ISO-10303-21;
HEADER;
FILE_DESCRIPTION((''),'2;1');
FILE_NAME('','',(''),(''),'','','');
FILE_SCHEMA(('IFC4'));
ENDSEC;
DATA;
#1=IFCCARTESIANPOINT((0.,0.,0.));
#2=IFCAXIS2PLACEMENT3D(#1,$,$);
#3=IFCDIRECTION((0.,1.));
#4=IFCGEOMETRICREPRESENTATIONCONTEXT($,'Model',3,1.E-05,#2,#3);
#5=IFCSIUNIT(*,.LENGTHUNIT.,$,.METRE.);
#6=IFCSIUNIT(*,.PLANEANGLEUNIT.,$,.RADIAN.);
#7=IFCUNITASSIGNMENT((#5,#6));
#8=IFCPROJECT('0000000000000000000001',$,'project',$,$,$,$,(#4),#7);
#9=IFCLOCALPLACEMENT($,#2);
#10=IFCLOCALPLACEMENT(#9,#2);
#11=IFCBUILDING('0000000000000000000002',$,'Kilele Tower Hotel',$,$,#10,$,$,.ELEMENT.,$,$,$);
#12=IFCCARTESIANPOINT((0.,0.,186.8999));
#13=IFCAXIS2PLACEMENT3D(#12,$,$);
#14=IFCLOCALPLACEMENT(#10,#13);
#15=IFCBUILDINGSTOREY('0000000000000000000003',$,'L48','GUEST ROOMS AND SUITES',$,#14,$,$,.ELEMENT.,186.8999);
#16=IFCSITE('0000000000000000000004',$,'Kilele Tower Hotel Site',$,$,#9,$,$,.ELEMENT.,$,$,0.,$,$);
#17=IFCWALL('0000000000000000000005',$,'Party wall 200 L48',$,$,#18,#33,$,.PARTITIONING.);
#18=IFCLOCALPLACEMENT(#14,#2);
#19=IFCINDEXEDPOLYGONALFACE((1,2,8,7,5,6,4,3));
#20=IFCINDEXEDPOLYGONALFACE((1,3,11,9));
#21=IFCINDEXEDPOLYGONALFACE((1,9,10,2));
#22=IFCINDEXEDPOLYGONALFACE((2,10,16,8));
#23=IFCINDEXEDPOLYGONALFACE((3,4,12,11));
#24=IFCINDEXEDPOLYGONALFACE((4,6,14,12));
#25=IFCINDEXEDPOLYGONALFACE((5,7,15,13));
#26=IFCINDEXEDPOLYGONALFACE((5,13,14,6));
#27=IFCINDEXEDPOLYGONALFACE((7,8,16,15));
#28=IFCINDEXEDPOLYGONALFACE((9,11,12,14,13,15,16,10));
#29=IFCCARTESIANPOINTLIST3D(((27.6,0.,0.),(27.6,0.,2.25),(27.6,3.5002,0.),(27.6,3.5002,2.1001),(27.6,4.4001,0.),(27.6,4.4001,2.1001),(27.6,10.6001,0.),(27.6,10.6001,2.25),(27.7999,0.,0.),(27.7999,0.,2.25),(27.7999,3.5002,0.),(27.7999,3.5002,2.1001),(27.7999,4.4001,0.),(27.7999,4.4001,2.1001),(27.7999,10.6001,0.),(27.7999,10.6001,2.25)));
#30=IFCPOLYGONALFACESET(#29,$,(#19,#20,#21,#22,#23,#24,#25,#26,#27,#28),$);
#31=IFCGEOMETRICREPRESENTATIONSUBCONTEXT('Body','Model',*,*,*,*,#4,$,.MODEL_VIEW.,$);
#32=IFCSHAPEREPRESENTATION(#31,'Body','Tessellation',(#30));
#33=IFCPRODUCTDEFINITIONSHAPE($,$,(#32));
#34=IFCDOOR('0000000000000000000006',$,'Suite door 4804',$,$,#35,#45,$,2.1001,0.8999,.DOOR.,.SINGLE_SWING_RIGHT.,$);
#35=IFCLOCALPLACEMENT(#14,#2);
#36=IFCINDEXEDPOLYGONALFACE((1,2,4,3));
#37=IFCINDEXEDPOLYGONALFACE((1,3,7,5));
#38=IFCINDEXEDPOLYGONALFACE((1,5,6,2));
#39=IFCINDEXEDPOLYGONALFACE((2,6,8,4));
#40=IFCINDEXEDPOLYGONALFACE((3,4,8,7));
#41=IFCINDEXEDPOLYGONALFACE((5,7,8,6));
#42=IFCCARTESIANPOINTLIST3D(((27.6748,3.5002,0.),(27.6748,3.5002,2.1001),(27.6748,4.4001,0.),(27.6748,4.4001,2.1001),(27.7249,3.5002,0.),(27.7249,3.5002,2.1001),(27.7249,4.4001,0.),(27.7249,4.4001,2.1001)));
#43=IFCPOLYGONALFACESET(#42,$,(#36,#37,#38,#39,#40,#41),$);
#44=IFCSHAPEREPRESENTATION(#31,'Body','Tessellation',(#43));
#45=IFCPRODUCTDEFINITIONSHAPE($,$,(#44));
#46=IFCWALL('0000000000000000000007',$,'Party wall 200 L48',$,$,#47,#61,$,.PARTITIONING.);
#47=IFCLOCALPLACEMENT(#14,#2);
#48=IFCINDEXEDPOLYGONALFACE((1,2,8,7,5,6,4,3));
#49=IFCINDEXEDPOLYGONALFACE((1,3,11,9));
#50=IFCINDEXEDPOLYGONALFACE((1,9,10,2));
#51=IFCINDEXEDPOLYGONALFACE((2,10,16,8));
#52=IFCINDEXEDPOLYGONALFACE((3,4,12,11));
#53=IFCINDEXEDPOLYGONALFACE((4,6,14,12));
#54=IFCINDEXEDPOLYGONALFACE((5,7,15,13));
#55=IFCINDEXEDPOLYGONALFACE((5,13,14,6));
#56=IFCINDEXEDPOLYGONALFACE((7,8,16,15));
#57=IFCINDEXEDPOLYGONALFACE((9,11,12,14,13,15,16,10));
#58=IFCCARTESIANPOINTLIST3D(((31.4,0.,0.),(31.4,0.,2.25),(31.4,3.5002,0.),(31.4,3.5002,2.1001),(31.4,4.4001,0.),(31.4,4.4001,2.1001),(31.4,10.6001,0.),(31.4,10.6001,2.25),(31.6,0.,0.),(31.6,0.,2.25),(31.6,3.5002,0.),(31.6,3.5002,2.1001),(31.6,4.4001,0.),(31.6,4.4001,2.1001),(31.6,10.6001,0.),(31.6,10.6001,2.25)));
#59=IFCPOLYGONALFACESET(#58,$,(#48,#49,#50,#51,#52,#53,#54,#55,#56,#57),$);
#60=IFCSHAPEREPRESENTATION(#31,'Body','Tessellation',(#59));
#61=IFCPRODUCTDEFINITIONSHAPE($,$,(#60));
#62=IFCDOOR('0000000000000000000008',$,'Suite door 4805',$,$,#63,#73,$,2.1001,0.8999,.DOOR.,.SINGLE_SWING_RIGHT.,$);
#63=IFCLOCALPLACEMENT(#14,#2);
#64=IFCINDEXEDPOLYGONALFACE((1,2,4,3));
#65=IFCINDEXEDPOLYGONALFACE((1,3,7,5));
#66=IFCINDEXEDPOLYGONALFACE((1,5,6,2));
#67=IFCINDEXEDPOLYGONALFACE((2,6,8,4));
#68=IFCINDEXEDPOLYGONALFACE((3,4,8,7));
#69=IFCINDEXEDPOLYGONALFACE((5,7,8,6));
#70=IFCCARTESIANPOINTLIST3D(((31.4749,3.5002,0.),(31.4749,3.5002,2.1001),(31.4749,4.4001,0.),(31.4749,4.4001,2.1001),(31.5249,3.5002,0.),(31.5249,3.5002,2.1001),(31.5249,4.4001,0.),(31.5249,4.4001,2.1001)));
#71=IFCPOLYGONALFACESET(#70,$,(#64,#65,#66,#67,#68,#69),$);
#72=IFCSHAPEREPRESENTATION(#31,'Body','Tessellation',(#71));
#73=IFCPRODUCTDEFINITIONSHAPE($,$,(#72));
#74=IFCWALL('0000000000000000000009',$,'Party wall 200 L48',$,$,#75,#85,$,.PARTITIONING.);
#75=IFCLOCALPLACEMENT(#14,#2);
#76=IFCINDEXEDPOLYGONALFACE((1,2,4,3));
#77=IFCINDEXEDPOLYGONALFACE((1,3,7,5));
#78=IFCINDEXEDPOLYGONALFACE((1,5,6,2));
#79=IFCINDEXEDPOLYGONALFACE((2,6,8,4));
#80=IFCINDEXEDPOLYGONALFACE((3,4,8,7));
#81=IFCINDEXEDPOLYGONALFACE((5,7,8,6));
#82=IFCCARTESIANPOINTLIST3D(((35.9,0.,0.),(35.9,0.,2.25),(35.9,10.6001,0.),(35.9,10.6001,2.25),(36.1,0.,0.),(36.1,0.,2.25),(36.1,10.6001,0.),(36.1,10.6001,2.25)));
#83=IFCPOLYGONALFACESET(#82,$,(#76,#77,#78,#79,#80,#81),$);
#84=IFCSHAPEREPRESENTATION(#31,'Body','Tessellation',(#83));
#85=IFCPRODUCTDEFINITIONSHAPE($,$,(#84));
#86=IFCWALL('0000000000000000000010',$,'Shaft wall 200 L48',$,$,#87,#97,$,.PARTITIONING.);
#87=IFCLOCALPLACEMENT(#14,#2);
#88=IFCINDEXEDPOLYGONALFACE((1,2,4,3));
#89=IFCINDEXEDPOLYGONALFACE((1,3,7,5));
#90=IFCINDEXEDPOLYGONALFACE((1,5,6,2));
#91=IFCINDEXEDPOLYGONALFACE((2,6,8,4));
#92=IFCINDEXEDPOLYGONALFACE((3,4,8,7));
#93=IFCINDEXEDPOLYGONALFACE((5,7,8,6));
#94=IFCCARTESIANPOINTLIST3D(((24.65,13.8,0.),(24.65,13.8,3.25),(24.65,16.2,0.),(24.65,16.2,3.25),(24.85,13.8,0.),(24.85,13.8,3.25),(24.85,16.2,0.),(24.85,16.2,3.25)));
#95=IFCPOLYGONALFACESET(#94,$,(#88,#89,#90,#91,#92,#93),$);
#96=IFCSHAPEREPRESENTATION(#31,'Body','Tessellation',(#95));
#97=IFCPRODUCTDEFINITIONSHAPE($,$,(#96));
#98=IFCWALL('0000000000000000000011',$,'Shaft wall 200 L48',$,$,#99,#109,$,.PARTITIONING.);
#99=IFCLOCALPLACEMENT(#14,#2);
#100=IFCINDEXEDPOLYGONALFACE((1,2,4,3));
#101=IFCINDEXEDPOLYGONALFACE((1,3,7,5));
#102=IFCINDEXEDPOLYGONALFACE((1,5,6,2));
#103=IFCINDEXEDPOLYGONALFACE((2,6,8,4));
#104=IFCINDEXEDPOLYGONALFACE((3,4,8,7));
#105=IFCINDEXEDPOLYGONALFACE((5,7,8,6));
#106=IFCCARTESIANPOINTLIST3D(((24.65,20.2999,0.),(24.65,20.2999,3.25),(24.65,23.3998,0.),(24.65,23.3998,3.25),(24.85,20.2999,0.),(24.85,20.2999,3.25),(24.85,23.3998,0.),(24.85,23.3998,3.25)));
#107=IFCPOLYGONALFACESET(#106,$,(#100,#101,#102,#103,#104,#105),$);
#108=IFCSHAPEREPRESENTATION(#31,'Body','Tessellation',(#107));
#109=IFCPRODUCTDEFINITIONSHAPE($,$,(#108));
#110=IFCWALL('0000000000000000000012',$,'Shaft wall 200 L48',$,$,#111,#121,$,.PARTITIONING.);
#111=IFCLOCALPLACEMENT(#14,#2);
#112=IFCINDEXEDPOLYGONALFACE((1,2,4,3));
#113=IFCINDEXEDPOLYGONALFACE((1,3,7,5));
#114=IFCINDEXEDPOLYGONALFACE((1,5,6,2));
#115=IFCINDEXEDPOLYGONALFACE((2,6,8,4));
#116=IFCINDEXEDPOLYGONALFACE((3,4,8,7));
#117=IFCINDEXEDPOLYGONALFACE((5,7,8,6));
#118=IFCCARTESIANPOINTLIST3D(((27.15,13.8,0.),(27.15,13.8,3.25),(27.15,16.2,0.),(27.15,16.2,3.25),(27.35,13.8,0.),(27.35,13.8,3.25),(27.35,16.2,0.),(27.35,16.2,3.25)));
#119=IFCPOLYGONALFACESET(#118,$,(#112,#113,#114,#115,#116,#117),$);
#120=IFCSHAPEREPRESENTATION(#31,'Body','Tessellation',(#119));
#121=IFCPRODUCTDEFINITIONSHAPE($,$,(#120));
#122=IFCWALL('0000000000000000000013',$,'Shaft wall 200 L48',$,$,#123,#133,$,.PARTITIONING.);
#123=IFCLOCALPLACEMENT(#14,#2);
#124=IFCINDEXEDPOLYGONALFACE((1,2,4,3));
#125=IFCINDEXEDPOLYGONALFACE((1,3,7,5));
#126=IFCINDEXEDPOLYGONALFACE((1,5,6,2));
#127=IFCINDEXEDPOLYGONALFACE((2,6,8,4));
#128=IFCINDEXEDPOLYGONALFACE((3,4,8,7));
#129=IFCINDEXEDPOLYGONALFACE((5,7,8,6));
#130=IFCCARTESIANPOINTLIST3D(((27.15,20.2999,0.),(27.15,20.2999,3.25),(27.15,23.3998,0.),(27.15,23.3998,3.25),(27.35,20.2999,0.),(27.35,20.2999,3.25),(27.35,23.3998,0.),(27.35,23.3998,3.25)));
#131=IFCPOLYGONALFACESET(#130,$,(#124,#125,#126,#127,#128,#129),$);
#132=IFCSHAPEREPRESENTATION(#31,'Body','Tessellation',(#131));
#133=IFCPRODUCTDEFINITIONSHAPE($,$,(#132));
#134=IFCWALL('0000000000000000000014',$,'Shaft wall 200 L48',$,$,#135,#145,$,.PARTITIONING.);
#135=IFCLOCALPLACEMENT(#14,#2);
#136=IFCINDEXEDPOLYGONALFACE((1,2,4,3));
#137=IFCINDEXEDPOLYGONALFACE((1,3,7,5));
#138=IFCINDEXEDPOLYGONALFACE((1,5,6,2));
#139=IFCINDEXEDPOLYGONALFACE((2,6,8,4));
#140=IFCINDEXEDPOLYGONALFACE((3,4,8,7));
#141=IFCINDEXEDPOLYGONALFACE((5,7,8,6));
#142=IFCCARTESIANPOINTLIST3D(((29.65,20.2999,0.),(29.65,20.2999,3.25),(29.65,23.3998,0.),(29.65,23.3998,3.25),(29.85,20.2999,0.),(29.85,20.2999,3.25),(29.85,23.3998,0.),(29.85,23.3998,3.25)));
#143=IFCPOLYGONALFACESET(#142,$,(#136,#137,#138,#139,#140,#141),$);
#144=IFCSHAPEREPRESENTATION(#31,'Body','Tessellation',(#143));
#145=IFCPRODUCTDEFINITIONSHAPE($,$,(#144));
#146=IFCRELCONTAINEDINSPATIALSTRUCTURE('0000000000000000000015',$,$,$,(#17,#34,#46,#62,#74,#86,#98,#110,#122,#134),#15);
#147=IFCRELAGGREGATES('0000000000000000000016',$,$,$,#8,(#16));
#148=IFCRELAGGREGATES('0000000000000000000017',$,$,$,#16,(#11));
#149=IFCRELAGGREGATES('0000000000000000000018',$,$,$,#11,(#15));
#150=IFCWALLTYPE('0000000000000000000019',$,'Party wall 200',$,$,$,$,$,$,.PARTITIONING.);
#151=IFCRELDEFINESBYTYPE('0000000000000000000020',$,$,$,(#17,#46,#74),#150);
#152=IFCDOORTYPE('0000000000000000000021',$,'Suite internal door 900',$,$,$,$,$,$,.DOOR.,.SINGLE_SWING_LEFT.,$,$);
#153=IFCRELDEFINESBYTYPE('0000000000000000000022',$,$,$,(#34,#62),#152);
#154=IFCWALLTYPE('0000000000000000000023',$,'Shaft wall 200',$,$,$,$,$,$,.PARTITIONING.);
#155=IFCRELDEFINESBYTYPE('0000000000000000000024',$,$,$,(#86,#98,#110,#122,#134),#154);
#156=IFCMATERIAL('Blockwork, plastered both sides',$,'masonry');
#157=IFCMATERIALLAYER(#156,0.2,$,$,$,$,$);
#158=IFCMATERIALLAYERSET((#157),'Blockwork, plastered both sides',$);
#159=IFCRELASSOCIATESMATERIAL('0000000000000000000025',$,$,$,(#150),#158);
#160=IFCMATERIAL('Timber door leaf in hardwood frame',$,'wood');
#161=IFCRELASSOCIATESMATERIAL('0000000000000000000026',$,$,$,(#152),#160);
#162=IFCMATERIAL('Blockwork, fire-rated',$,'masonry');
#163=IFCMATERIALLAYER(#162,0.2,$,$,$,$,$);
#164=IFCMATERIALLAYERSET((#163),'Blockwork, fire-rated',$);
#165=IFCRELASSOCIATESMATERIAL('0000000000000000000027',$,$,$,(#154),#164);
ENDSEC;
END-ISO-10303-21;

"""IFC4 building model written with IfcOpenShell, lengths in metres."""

from ifc_helpers import new_model, si_unit, direction, frame, frame_2d, origin, place, context, subcontext, project, spatial, rectangle, extrude, material, layer, layer_set, type_object, element, fill, save


model = new_model("IFC4")

# Units and contexts
model_context = context("Model", 3, precision=1e-05, world=origin(), true_north=direction((0.0, 1.0)))
body_context = subcontext(model_context, "Body", "Model", "MODEL_VIEW")
ifc_project = project(units=[si_unit("LENGTHUNIT", "METRE"), si_unit("PLANEANGLEUNIT", "RADIAN")], contexts=[model_context])

# Site, building, storey
site_placement = place(None, origin())
site = spatial("IfcSite", under=ifc_project, at=site_placement, Name="Kilele Tower Hotel Site", CompositionType="ELEMENT", RefElevation=0.0)
building_placement = place(site_placement, origin())
building = spatial("IfcBuilding", under=site, at=building_placement, Name="Kilele Tower Hotel", CompositionType="ELEMENT")
storey_placement = place(building_placement, frame((0.0, 0.0, 186.8999)))
storey = spatial("IfcBuildingStorey", under=building, at=storey_placement, Name="L48", Description="GUEST ROOMS AND SUITES", CompositionType="ELEMENT", Elevation=186.8999)

# Shared definitions
ifc_material_1 = material(Name="Blockwork, plastered both sides", Category="masonry")
ifc_layer_1 = layer(ifc_material_1, 0.2)
ifc_layer_set_1 = layer_set([ifc_layer_1], Name="Blockwork, plastered both sides")
wall_type_1 = type_object("IfcWallType", Name="Party wall 200", PredefinedType="PARTITIONING", material=ifc_layer_set_1)

# Walls, openings, doors
wall_1_placement = place(storey_placement, frame((27.7, 10.6001, 0.0), z_axis=(0.0, 0.0, 1.0), x_axis=(0.0, -1.0, 0.0)))
wall_1 = element("IfcWall", 1, at=wall_1_placement, inside=storey, type_object=wall_type_1, Name="Party wall 200 L48", PredefinedType="PARTITIONING", context=body_context, shape_type="SweptSolid", body=[
    extrude(rectangle(XDim=10.6001, YDim=0.2, at=frame_2d((5.3, 0.0))), origin(), (0.0, 0.0, 1.0), 2.25),
])
opening_1_placement = place(wall_1_placement, frame((6.2, 0.0, 0.0)))
opening_1 = element("IfcOpeningElement", 2, at=opening_1_placement, cuts=wall_1, PredefinedType="OPENING", context=body_context, shape_type="SweptSolid", body=[
    extrude(rectangle(XDim=0.8999, YDim=2.1001, at=frame_2d((0.45, 1.05))), frame((0.0, 0.1099, 0.0), z_axis=(0.0, -1.0, 0.0), x_axis=(1.0, 0.0, 0.0)), (0.0, 0.0, 1.0), 0.22),
])
ifc_material_2 = material(Name="Timber door leaf in hardwood frame", Category="wood")
door_type_1 = type_object("IfcDoorType", Name="Suite internal door 900", OperationType="SINGLE_SWING_LEFT", PredefinedType="DOOR", material=ifc_material_2)
door_1_placement = place(opening_1_placement, origin())
door_1 = element("IfcDoor", 3, at=door_1_placement, inside=storey, type_object=door_type_1, Name="Suite door 4804", OperationType="SINGLE_SWING_RIGHT", OverallHeight=2.1001, OverallWidth=0.8999, PredefinedType="DOOR", context=body_context, shape_type="SweptSolid", body=[
    extrude(rectangle(XDim=0.8999, YDim=2.1001, at=frame_2d((0.45, 1.05))), frame((0.0, 0.0249, 0.0), z_axis=(0.0, -1.0, 0.0), x_axis=(1.0, 0.0, 0.0)), (0.0, 0.0, 1.0), 0.05),
])
fill(opening_1, door_1)
wall_2_placement = place(storey_placement, frame((31.5, 10.6001, 0.0), z_axis=(0.0, 0.0, 1.0), x_axis=(0.0, -1.0, 0.0)))
wall_2 = element("IfcWall", 4, at=wall_2_placement, inside=storey, type_object=wall_type_1, Name="Party wall 200 L48", PredefinedType="PARTITIONING", context=body_context, shape_type="SweptSolid", body=[
    extrude(rectangle(XDim=10.6001, YDim=0.2, at=frame_2d((5.3, 0.0))), origin(), (0.0, 0.0, 1.0), 2.25),
])
opening_2_placement = place(wall_2_placement, frame((6.2, 0.0, 0.0)))
opening_2 = element("IfcOpeningElement", 5, at=opening_2_placement, cuts=wall_2, PredefinedType="OPENING", context=body_context, shape_type="SweptSolid", body=[
    extrude(rectangle(XDim=0.8999, YDim=2.1001, at=frame_2d((0.45, 1.05))), frame((0.0, 0.1099, 0.0), z_axis=(0.0, -1.0, 0.0), x_axis=(1.0, 0.0, 0.0)), (0.0, 0.0, 1.0), 0.22),
])
door_2_placement = place(opening_2_placement, origin())
door_2 = element("IfcDoor", 6, at=door_2_placement, inside=storey, type_object=door_type_1, Name="Suite door 4805", OperationType="SINGLE_SWING_RIGHT", OverallHeight=2.1001, OverallWidth=0.8999, PredefinedType="DOOR", context=body_context, shape_type="SweptSolid", body=[
    extrude(rectangle(XDim=0.8999, YDim=2.1001, at=frame_2d((0.45, 1.05))), frame((0.0, 0.0249, 0.0), z_axis=(0.0, -1.0, 0.0), x_axis=(1.0, 0.0, 0.0)), (0.0, 0.0, 1.0), 0.05),
])
fill(opening_2, door_2)

# Walls
wall_3_placement = place(storey_placement, frame((36.0, 10.6001, 0.0), z_axis=(0.0, 0.0, 1.0), x_axis=(0.0, -1.0, 0.0)))
element("IfcWall", 7, at=wall_3_placement, inside=storey, type_object=wall_type_1, Name="Party wall 200 L48", PredefinedType="PARTITIONING", context=body_context, shape_type="SweptSolid", body=[
    extrude(rectangle(XDim=10.6001, YDim=0.2, at=frame_2d((5.3, 0.0))), origin(), (0.0, 0.0, 1.0), 2.25),
])
ifc_material_3 = material(Name="Blockwork, fire-rated", Category="masonry")
ifc_layer_2 = layer(ifc_material_3, 0.2)
ifc_layer_set_2 = layer_set([ifc_layer_2], Name="Blockwork, fire-rated")
wall_type_2 = type_object("IfcWallType", Name="Shaft wall 200", PredefinedType="PARTITIONING", material=ifc_layer_set_2)
wall_4_placement = place(storey_placement, frame((24.75, 13.8, 0.0), z_axis=(0.0, 0.0, 1.0), x_axis=(0.0, 1.0, 0.0)))
element("IfcWall", 8, at=wall_4_placement, inside=storey, type_object=wall_type_2, Name="Shaft wall 200 L48", PredefinedType="PARTITIONING", context=body_context, shape_type="SweptSolid", body=[
    extrude(rectangle(XDim=2.3999, YDim=0.2, at=frame_2d((1.2, 0.0))), origin(), (0.0, 0.0, 1.0), 3.25),
])
wall_5_placement = place(storey_placement, frame((24.75, 20.3, 0.0), z_axis=(0.0, 0.0, 1.0), x_axis=(0.0, 1.0, 0.0)))
element("IfcWall", 9, at=wall_5_placement, inside=storey, type_object=wall_type_2, Name="Shaft wall 200 L48", PredefinedType="PARTITIONING", context=body_context, shape_type="SweptSolid", body=[
    extrude(rectangle(XDim=3.0999, YDim=0.2, at=frame_2d((1.5498, 0.0))), origin(), (0.0, 0.0, 1.0), 3.25),
])
wall_6_placement = place(storey_placement, frame((27.25, 13.8, 0.0), z_axis=(0.0, 0.0, 1.0), x_axis=(0.0, 1.0, 0.0)))
element("IfcWall", 10, at=wall_6_placement, inside=storey, type_object=wall_type_2, Name="Shaft wall 200 L48", PredefinedType="PARTITIONING", context=body_context, shape_type="SweptSolid", body=[
    extrude(rectangle(XDim=2.3999, YDim=0.2, at=frame_2d((1.2, 0.0))), origin(), (0.0, 0.0, 1.0), 3.25),
])
for number, where, z_axis, x_axis, name in (
    (11, (27.25, 20.3, 0.0), (0.0, 0.0, 1.0), (0.0, 1.0, 0.0), "Shaft wall 200 L48"),
    (12, (29.75, 20.3, 0.0), (0.0, 0.0, 1.0), (0.0, 1.0, 0.0), "Shaft wall 200 L48"),
):
    element("IfcWall", number, at=place(storey_placement, frame(where, z_axis=z_axis, x_axis=x_axis)), inside=storey, type_object=wall_type_2, Name=name, PredefinedType="PARTITIONING", context=body_context, shape_type="SweptSolid", body=[
        extrude(rectangle(XDim=3.0999, YDim=0.2, at=frame_2d((1.5498, 0.0))), origin(), (0.0, 0.0, 1.0), 3.25),
    ])

save(model, "model.ifc")
